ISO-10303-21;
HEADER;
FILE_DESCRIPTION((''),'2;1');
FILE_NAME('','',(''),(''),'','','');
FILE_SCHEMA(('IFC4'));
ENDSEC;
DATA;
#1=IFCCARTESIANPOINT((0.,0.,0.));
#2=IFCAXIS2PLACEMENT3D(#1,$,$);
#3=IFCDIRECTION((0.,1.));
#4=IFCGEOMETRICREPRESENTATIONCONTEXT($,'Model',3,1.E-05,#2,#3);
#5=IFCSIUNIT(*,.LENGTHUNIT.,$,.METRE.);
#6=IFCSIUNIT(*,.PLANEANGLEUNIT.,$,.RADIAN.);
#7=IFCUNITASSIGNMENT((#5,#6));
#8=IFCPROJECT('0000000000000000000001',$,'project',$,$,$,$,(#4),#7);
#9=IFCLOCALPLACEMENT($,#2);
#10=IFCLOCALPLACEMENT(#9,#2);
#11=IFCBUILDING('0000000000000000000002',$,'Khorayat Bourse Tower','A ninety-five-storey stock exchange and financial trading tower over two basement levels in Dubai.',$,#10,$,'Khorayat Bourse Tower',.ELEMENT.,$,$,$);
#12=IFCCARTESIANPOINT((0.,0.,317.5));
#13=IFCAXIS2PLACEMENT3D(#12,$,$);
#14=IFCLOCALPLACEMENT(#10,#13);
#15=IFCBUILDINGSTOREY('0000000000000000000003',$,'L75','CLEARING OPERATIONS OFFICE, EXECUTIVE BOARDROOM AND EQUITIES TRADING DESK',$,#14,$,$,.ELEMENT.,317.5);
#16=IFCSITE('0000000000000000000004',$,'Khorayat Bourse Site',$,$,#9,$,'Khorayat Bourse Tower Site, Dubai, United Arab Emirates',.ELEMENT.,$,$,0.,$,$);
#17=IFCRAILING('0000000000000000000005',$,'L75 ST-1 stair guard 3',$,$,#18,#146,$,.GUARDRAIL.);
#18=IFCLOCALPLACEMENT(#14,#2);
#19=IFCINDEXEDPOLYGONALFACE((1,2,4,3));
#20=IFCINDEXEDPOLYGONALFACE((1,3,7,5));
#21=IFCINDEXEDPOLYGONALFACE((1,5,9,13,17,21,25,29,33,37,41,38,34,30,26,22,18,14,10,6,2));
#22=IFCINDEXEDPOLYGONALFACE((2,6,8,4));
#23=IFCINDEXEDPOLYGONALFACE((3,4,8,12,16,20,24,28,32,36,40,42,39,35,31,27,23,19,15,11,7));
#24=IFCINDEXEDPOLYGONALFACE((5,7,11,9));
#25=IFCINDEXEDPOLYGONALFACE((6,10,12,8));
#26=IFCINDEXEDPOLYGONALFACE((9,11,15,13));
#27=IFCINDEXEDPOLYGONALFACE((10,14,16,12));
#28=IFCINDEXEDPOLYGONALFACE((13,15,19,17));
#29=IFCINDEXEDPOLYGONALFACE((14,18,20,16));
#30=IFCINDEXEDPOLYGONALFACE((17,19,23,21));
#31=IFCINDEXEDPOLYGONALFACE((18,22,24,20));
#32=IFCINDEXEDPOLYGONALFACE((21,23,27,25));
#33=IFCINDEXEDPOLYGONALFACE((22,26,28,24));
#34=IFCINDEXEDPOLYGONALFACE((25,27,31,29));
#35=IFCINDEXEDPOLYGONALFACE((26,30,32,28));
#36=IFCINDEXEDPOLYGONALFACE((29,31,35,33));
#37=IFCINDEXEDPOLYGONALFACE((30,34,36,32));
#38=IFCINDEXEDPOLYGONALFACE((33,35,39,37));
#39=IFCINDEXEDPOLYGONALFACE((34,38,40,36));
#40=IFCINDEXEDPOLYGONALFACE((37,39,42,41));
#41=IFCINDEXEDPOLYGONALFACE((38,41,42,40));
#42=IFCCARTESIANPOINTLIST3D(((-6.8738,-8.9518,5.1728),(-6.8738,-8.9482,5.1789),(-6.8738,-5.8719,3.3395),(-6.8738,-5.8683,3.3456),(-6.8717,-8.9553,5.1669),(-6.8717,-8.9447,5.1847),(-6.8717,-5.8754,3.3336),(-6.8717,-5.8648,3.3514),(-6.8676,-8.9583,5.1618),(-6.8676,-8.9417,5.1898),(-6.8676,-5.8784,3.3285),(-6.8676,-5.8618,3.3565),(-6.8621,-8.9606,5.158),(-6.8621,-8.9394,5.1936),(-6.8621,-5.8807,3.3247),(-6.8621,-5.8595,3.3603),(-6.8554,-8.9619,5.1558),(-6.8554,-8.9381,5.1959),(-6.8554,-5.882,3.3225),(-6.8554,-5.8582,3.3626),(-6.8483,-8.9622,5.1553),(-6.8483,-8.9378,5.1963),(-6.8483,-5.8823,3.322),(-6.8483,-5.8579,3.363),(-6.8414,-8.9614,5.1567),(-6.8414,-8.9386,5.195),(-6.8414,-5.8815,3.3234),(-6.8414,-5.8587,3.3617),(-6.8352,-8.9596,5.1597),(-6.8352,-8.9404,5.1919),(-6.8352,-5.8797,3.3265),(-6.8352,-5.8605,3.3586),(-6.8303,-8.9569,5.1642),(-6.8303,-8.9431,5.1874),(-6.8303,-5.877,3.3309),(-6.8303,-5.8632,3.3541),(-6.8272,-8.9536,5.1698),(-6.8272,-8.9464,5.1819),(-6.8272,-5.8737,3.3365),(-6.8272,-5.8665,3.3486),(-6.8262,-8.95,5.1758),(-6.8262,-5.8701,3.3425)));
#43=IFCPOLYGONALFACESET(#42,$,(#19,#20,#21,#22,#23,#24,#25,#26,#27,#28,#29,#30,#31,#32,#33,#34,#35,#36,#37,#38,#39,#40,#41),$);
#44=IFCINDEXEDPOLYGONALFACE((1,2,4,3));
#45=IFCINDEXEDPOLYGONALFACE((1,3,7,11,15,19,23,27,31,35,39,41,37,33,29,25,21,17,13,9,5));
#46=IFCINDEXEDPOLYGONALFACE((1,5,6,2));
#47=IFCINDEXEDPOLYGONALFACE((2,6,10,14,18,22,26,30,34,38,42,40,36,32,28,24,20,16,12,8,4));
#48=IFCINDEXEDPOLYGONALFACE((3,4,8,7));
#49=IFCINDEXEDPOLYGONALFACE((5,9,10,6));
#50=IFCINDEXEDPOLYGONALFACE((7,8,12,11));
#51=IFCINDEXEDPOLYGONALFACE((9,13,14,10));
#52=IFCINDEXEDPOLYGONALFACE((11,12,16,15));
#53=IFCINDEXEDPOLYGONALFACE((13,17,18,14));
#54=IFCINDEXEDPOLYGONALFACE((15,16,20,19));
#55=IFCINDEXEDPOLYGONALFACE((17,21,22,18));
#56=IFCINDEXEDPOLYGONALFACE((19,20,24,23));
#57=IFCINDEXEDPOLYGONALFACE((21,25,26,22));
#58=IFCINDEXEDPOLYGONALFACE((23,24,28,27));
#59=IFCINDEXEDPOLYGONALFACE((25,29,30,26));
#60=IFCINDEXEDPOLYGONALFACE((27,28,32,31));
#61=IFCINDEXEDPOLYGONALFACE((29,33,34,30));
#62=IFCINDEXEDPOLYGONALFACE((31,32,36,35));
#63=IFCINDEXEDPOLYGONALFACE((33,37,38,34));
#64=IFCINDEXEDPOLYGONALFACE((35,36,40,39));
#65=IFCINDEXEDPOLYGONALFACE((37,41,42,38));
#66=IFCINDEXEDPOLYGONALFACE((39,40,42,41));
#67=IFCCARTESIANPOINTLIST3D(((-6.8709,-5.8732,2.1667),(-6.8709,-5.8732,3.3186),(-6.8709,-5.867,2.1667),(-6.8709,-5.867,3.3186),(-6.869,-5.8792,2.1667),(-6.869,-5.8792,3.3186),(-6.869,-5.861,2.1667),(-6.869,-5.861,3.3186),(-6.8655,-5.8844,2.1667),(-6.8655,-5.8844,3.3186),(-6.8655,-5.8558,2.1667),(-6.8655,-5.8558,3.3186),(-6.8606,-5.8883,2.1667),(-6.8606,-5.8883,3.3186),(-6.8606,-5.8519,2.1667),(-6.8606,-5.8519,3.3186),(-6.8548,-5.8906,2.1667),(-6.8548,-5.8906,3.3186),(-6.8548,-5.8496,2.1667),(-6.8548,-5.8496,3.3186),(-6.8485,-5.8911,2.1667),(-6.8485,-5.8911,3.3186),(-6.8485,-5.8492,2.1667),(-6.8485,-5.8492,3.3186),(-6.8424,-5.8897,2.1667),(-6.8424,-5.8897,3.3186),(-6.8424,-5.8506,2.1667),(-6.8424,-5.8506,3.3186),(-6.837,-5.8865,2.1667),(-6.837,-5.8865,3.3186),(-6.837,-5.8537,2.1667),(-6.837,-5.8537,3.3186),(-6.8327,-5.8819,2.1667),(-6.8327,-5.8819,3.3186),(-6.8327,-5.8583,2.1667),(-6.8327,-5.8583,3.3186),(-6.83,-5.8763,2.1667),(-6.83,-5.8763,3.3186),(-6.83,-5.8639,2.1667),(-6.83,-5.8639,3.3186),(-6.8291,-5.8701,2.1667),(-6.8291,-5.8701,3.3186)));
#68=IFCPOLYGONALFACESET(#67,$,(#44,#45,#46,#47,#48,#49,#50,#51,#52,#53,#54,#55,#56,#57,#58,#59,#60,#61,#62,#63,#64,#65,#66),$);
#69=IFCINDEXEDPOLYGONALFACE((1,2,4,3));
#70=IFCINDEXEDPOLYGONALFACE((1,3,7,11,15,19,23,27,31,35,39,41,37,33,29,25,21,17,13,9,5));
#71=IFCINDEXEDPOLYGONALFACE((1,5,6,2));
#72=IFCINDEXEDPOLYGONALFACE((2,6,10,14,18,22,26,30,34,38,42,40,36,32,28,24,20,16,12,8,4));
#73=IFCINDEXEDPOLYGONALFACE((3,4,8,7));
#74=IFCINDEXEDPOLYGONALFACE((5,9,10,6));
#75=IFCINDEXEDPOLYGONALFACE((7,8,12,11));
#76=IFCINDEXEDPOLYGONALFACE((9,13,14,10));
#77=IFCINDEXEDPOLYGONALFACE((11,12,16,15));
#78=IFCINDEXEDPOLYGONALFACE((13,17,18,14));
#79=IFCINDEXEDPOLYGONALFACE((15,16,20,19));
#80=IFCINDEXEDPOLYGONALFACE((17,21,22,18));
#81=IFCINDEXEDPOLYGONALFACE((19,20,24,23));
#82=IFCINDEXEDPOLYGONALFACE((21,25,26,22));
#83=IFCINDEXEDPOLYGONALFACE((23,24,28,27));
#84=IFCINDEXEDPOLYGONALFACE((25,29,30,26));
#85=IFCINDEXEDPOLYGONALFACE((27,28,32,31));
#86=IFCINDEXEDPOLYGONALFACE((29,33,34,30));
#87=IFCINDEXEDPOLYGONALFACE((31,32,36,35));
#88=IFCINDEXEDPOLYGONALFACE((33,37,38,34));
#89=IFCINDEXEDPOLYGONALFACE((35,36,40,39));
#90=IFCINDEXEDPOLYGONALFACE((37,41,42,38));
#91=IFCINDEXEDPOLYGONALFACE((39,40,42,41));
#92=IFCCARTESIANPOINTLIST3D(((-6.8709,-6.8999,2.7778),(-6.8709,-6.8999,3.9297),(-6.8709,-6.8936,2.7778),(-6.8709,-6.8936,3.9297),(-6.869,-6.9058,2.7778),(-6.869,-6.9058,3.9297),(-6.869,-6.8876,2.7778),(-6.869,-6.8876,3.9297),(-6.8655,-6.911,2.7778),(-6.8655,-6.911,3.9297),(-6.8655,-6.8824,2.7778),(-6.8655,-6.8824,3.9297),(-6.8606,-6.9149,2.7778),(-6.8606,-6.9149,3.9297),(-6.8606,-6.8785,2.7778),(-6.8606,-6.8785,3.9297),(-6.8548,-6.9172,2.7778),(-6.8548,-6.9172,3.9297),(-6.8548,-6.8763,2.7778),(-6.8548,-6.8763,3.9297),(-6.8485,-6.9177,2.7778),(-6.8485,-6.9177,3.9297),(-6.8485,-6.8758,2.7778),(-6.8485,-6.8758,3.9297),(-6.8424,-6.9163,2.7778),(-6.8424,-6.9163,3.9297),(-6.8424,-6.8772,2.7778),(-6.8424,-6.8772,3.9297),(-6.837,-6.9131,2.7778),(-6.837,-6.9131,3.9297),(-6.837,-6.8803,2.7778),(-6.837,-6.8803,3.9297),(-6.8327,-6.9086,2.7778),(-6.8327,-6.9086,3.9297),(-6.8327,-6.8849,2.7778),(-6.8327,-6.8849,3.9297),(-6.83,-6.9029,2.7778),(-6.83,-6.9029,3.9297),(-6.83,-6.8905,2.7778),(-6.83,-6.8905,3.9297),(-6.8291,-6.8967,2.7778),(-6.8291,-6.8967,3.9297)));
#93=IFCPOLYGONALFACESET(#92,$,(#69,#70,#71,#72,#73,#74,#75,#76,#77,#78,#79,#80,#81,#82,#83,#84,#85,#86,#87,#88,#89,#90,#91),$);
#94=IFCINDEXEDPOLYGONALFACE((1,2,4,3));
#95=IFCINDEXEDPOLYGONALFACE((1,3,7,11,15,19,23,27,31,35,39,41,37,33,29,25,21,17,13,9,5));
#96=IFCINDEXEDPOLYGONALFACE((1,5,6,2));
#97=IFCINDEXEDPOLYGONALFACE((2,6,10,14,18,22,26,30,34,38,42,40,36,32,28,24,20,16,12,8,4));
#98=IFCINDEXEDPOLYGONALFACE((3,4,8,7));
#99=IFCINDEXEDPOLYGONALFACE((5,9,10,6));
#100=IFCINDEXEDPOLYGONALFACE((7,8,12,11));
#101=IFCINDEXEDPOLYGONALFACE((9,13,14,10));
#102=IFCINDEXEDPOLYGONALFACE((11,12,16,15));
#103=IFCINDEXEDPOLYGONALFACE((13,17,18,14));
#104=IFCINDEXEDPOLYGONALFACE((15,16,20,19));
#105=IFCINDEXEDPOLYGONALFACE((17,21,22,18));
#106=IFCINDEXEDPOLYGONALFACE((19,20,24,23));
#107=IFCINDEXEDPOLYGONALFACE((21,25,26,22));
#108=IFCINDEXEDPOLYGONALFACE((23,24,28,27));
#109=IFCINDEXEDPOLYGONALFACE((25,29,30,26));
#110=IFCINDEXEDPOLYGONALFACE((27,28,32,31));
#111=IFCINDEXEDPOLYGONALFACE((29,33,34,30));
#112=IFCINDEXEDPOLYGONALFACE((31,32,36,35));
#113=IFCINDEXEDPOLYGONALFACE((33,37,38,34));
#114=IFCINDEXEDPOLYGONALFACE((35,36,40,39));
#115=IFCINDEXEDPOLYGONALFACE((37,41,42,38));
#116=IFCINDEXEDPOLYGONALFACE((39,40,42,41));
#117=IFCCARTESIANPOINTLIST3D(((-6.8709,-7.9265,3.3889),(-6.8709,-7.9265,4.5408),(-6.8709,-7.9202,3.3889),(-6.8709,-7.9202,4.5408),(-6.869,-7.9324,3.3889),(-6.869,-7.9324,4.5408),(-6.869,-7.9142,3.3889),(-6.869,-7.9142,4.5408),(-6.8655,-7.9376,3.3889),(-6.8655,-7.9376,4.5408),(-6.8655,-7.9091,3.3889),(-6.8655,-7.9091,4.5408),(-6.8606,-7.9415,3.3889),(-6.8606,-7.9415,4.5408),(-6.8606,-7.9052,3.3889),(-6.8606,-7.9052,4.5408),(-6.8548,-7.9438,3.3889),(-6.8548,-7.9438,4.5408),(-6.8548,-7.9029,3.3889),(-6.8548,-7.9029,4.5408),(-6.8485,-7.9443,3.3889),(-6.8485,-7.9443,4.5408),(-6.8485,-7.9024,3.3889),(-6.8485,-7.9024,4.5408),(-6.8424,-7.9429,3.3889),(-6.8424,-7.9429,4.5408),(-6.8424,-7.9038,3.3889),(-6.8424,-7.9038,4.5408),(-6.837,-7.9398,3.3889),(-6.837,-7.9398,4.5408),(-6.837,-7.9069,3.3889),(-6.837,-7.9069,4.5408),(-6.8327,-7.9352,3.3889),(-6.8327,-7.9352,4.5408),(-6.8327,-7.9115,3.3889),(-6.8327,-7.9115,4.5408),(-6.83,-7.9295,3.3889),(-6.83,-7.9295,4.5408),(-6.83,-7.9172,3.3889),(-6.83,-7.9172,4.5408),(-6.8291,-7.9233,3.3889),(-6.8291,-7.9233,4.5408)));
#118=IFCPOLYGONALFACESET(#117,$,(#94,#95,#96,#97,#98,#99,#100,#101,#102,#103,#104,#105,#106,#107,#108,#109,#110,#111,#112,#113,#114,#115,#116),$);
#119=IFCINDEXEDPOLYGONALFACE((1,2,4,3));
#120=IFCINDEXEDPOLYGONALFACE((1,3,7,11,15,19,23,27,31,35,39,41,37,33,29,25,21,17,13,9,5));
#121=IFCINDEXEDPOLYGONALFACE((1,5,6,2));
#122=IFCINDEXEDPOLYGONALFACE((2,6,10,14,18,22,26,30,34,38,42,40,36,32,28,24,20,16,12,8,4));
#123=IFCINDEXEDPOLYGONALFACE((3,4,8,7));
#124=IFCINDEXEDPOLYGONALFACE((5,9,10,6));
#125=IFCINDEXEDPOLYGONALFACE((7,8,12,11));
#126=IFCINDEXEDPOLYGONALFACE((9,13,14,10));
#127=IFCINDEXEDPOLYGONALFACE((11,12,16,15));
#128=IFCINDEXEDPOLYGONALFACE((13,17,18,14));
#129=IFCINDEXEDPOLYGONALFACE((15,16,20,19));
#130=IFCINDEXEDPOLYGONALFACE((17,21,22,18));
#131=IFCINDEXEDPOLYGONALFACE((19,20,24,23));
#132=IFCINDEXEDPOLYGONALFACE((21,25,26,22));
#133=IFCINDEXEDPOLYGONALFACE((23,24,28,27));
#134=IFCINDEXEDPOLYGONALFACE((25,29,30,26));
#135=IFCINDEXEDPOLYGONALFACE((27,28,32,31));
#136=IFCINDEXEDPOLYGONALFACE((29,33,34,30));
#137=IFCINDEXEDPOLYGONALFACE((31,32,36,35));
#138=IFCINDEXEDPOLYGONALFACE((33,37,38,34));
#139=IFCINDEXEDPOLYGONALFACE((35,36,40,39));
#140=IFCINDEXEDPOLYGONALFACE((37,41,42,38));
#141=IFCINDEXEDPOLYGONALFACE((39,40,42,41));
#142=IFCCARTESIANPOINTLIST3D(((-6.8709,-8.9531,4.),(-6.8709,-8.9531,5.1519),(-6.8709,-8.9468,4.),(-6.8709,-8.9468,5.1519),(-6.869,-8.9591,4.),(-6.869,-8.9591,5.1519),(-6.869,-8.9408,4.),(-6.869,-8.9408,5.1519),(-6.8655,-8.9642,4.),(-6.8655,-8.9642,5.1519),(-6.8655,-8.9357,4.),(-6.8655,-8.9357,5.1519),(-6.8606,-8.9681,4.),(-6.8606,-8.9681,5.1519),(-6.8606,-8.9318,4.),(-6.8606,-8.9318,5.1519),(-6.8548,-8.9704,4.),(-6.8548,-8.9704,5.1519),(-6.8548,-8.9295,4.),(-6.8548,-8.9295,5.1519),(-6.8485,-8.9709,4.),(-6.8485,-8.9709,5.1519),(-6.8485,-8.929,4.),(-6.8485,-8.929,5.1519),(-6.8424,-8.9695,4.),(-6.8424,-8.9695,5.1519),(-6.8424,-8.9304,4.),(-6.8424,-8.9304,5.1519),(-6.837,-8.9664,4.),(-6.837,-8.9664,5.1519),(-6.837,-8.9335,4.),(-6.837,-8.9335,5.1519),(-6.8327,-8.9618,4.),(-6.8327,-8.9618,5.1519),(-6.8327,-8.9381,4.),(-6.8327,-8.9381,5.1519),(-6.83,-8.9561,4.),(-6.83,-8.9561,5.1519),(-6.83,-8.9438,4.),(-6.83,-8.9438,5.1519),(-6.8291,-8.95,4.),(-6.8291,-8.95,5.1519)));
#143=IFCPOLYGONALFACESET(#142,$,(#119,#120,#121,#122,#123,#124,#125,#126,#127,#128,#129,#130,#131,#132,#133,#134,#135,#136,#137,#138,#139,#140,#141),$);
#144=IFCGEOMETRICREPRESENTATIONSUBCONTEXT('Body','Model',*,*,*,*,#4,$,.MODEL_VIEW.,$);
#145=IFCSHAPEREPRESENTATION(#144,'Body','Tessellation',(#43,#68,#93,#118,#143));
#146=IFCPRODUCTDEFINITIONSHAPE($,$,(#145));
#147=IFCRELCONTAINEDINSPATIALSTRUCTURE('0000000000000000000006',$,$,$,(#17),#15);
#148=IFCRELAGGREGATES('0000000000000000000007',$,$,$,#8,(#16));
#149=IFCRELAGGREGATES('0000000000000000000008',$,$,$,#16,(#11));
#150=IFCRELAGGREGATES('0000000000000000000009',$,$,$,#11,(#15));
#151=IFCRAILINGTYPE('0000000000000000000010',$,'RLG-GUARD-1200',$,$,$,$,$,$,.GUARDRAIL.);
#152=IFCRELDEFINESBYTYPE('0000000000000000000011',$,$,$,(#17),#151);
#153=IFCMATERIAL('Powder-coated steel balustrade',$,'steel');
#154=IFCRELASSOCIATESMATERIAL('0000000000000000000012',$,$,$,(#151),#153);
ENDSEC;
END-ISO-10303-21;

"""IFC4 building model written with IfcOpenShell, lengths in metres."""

from ifc_helpers import new_model, si_unit, direction, frame, origin, origin_2d, place, context, subcontext, project, spatial, circle, extrude, source, transform, mapped, material, type_object, element, save


model = new_model("IFC4")

# Units and contexts
model_context = context("Model", 3, precision=1e-05, world=origin(), true_north=direction((0.0, 1.0)))
body_context = subcontext(model_context, "Body", "Model", "MODEL_VIEW")
ifc_project = project(units=[si_unit("LENGTHUNIT", "METRE"), si_unit("PLANEANGLEUNIT", "RADIAN")], contexts=[model_context])

# Site, building, storey
site_placement = place(None, origin())
site = spatial("IfcSite", under=ifc_project, at=site_placement, Name="Khorayat Bourse Site", LongName="Khorayat Bourse Tower Site, Dubai, United Arab Emirates", CompositionType="ELEMENT", RefElevation=0.0)
building_placement = place(site_placement, origin())
building = spatial("IfcBuilding", under=site, at=building_placement, Name="Khorayat Bourse Tower", Description="A ninety-five-storey stock exchange and financial trading tower over two basement levels in Dubai.", LongName="Khorayat Bourse Tower", CompositionType="ELEMENT")
storey_placement = place(building_placement, frame((0.0, 0.0, 317.5)))
storey = spatial("IfcBuildingStorey", under=building, at=storey_placement, Name="L75", Description="CLEARING OPERATIONS OFFICE, EXECUTIVE BOARDROOM AND EQUITIES TRADING DESK", CompositionType="ELEMENT", Elevation=317.5)

# Railing
ifc_material_1 = material(Name="Powder-coated steel balustrade", Category="steel")
railing_type_1 = type_object("IfcRailingType", Name="RLG-GUARD-1200", PredefinedType="GUARDRAIL", material=ifc_material_1)
shared_shape_1 = source(origin(), body_context, "Body", "SweptSolid", [
    extrude(circle(Radius=0.0239, at=origin_2d()), frame((0.0, 0.0, 1.1758), z_axis=(0.0, -0.859291, 0.511487), x_axis=(1.0, 0.0, 0.0)), (0.0, 0.0, 1.0), 3.5842),
    extrude(circle(Radius=0.021, at=origin_2d()), origin(), (0.0, 0.0, 1.0), 1.1519),
    extrude(circle(Radius=0.021, at=origin_2d()), frame((0.0, -1.0266, 0.6111)), (0.0, 0.0, 1.0), 1.1519),
    extrude(circle(Radius=0.021, at=origin_2d()), frame((0.0, -2.0532, 1.2222)), (0.0, 0.0, 1.0), 1.1519),
    extrude(circle(Radius=0.021, at=origin_2d()), frame((0.0, -3.0798, 1.8333)), (0.0, 0.0, 1.0), 1.1519),
])
railing_1_placement = place(storey_placement, frame((-6.8501, -5.8701, 2.1667)))
element("IfcRailing", 1, at=railing_1_placement, inside=storey, type_object=railing_type_1, Name="L75 ST-1 stair guard 3", PredefinedType="GUARDRAIL", context=body_context, shape_type="MappedRepresentation", body=[
    mapped(shared_shape_1, transform((0.0, 0.0, 0.0), scale=1.0)),
])

save(model, "model.ifc")
